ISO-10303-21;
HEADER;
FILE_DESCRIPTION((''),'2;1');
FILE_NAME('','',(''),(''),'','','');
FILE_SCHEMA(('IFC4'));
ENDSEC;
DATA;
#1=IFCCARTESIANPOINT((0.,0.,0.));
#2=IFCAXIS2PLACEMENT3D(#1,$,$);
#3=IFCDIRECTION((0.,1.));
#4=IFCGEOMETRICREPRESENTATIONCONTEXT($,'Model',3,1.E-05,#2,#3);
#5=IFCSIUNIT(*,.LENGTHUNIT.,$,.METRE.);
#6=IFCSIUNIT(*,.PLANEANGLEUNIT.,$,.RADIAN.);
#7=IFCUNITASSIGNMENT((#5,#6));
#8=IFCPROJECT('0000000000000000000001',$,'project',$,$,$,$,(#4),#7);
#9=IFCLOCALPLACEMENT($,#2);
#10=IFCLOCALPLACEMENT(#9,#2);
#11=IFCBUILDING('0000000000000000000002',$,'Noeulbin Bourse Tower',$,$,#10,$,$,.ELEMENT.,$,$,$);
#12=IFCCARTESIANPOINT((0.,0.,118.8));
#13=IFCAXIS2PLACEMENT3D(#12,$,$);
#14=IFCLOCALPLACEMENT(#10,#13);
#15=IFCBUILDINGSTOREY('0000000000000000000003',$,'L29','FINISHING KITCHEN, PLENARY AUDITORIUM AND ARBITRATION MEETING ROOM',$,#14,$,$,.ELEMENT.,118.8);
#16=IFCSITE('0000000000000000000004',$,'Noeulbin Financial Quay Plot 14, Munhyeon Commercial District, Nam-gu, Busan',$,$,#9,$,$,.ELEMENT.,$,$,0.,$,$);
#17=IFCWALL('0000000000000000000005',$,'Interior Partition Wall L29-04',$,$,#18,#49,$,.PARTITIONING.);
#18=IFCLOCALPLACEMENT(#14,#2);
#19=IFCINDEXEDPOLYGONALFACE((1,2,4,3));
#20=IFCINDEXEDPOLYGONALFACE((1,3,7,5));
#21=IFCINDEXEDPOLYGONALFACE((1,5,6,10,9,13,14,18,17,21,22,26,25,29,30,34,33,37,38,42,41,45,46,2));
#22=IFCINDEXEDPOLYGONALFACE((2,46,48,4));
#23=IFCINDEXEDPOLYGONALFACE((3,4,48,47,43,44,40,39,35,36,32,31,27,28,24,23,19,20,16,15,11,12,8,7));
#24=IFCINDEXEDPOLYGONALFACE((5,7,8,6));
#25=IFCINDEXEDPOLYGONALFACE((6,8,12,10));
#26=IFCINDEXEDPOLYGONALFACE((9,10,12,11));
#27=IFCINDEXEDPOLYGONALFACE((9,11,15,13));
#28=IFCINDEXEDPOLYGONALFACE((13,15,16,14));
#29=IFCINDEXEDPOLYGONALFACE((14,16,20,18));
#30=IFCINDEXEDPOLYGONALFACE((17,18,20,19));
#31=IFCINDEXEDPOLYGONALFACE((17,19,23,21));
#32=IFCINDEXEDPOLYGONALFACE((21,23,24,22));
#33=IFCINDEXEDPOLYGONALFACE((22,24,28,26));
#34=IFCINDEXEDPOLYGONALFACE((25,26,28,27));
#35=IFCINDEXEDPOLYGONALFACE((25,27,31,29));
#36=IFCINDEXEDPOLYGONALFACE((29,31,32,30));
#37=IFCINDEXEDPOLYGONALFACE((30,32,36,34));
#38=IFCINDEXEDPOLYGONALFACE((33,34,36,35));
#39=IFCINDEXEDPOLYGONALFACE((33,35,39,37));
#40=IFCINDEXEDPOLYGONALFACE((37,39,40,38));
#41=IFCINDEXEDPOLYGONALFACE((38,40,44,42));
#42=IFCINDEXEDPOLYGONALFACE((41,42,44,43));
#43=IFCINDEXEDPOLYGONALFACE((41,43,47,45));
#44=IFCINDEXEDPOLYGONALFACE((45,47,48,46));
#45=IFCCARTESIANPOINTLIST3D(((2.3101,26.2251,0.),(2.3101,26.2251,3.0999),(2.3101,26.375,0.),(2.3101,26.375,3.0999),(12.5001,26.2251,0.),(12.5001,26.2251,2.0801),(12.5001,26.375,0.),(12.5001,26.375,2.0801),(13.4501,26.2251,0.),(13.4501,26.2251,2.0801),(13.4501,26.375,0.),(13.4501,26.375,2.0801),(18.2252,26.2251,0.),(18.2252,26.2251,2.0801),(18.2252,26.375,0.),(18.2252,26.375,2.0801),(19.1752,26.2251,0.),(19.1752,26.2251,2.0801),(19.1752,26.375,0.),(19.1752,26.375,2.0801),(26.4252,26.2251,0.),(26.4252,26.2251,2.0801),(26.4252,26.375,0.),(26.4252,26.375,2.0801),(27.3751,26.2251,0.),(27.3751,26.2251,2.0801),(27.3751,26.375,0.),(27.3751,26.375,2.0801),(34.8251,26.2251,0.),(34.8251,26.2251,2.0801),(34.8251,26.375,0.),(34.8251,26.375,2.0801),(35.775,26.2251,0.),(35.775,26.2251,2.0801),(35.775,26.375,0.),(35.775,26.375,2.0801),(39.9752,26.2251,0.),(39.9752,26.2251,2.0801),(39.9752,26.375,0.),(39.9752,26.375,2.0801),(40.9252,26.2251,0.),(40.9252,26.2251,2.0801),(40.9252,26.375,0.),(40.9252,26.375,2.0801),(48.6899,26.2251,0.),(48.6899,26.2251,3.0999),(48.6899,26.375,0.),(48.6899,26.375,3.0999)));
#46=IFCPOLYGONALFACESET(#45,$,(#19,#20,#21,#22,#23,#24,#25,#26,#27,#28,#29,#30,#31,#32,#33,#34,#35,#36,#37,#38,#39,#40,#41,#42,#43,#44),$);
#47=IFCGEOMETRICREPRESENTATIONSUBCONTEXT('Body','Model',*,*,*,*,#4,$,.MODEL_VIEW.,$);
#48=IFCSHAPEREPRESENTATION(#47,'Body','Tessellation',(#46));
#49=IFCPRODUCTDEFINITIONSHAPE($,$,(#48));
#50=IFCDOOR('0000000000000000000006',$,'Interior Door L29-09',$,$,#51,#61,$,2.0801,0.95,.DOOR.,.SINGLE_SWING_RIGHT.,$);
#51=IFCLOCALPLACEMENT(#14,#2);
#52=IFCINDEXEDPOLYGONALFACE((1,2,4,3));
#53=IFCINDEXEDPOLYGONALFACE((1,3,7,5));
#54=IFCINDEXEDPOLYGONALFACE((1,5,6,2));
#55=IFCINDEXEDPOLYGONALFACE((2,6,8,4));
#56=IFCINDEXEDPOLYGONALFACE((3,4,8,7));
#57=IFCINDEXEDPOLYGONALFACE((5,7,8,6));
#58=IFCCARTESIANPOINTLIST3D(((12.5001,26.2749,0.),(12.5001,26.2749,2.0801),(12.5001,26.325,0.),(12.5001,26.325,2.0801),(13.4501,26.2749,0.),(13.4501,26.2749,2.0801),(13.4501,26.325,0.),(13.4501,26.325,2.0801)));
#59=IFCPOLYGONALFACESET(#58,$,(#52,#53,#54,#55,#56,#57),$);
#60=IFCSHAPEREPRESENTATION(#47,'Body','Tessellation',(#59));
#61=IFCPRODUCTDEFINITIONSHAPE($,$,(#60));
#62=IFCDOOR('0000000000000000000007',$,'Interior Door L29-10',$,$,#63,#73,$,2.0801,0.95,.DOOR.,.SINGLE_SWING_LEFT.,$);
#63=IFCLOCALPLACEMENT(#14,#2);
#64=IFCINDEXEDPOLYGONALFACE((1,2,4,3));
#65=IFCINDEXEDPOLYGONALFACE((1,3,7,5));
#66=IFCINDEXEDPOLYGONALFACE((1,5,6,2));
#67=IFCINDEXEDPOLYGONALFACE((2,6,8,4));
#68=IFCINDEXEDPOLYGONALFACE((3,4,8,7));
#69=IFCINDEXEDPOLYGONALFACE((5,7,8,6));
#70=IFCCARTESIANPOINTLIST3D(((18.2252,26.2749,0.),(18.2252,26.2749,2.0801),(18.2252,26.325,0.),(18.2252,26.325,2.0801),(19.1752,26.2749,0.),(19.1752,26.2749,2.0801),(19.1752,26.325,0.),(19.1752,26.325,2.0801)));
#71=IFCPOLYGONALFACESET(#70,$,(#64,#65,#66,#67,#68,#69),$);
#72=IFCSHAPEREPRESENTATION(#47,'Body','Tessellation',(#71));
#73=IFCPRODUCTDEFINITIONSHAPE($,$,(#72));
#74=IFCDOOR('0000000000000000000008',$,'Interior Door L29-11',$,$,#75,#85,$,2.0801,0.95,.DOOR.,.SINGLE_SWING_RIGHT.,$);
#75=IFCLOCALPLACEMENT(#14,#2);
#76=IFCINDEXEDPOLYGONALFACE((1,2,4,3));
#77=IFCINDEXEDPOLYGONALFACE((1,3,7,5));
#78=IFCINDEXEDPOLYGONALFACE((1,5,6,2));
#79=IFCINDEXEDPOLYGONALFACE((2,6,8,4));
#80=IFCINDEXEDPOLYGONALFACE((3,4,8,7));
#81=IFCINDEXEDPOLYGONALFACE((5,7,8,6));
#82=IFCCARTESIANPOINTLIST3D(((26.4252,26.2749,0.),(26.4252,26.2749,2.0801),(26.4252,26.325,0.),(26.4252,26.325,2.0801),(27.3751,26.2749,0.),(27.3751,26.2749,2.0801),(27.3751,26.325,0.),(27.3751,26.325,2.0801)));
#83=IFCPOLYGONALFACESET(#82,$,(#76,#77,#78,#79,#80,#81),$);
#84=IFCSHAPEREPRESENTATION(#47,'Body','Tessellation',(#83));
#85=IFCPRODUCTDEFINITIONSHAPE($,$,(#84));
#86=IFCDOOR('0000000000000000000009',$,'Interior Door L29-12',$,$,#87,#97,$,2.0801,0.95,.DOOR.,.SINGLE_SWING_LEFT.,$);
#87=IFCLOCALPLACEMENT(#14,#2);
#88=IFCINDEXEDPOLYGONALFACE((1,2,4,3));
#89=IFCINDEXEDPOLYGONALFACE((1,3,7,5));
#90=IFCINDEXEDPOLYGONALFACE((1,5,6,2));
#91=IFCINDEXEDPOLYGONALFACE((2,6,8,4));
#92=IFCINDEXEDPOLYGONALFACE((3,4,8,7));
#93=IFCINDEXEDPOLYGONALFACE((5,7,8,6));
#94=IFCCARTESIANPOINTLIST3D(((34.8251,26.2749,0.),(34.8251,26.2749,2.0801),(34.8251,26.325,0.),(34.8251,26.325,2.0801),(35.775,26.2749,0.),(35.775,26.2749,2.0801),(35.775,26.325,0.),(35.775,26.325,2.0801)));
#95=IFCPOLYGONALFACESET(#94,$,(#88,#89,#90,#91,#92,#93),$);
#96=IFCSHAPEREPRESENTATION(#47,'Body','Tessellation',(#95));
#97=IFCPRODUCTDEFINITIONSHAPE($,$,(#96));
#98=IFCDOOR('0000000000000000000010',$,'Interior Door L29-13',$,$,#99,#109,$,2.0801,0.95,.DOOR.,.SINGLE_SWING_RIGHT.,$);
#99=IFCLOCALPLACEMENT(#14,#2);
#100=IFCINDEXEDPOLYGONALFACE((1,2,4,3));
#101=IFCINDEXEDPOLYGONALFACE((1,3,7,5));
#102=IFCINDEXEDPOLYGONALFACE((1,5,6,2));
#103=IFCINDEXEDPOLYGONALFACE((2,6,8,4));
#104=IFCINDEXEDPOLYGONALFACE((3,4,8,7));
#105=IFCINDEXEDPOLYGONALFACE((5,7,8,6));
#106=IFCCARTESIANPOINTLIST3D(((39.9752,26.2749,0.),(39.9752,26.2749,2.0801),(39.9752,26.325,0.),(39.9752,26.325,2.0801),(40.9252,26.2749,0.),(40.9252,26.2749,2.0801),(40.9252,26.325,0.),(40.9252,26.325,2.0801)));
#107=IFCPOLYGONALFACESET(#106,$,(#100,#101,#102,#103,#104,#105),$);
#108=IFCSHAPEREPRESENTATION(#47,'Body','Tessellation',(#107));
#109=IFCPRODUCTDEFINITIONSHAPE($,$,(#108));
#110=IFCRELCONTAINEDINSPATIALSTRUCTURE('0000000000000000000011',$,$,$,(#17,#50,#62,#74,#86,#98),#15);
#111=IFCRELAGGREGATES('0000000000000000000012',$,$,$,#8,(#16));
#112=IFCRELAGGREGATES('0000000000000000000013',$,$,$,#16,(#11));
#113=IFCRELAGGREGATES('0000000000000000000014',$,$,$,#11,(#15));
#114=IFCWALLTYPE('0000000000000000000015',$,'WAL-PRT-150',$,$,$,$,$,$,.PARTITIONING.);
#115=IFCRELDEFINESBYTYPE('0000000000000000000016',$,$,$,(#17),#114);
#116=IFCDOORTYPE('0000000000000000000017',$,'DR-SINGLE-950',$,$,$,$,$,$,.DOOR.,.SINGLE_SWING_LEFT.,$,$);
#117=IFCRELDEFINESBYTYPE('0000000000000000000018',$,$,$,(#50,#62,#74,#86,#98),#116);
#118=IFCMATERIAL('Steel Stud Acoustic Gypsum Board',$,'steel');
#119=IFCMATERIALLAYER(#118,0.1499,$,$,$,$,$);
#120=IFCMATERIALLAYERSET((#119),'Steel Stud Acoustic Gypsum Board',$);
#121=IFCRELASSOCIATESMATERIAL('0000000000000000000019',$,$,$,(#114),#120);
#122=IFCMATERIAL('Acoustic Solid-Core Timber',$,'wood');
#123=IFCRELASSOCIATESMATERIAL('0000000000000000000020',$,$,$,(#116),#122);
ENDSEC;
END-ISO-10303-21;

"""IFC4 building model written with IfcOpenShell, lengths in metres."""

from ifc_helpers import new_model, si_unit, direction, frame, frame_2d, origin, place, context, subcontext, project, spatial, rectangle, extrude, material, layer, layer_set, type_object, element, fill, save


model = new_model("IFC4")

# Units and contexts
model_context = context("Model", 3, precision=1e-05, world=origin(), true_north=direction((0.0, 1.0)))
body_context = subcontext(model_context, "Body", "Model", "MODEL_VIEW")
ifc_project = project(units=[si_unit("LENGTHUNIT", "METRE"), si_unit("PLANEANGLEUNIT", "RADIAN")], contexts=[model_context])

# Site, building, storey
site_placement = place(None, origin())
site = spatial("IfcSite", under=ifc_project, at=site_placement, Name="Noeulbin Financial Quay Plot 14, Munhyeon Commercial District, Nam-gu, Busan", CompositionType="ELEMENT", RefElevation=0.0)
building_placement = place(site_placement, origin())
building = spatial("IfcBuilding", under=site, at=building_placement, Name="Noeulbin Bourse Tower", CompositionType="ELEMENT")
storey_placement = place(building_placement, frame((0.0, 0.0, 118.8)))
storey = spatial("IfcBuildingStorey", under=building, at=storey_placement, Name="L29", Description="FINISHING KITCHEN, PLENARY AUDITORIUM AND ARBITRATION MEETING ROOM", CompositionType="ELEMENT", Elevation=118.8)

# Wall, openings, doors
ifc_material_1 = material(Name="Steel Stud Acoustic Gypsum Board", Category="steel")
ifc_layer_1 = layer(ifc_material_1, 0.1499)
ifc_layer_set_1 = layer_set([ifc_layer_1], Name="Steel Stud Acoustic Gypsum Board")
wall_type = type_object("IfcWallType", Name="WAL-PRT-150", PredefinedType="PARTITIONING", material=ifc_layer_set_1)
wall_placement = place(storey_placement, frame((2.3101, 26.3, 0.0), z_axis=(0.0, 0.0, 1.0), x_axis=(1.0, 0.0, 0.0)))
wall = element("IfcWall", 1, at=wall_placement, inside=storey, type_object=wall_type, Name="Interior Partition Wall L29-04", PredefinedType="PARTITIONING", context=body_context, shape_type="SweptSolid", body=[
    extrude(rectangle(XDim=46.3799, YDim=0.1499, at=frame_2d((23.1899, 0.0))), origin(), (0.0, 0.0, 1.0), 3.0999),
])
opening_1_placement = place(wall_placement, frame((10.1899, 0.0, 0.0)))
opening_1 = element("IfcOpeningElement", 2, at=opening_1_placement, cuts=wall, PredefinedType="OPENING", context=body_context, shape_type="SweptSolid", body=[
    extrude(rectangle(XDim=0.95, YDim=2.0801, at=frame_2d((0.4751, 1.04))), frame((0.0, 0.085, 0.0), z_axis=(0.0, -1.0, 0.0), x_axis=(1.0, 0.0, 0.0)), (0.0, 0.0, 1.0), 0.1699),
])
opening_2_placement = place(wall_placement, frame((15.915, 0.0, 0.0)))
opening_2 = element("IfcOpeningElement", 3, at=opening_2_placement, cuts=wall, PredefinedType="OPENING", context=body_context, shape_type="SweptSolid", body=[
    extrude(rectangle(XDim=0.95, YDim=2.0801, at=frame_2d((0.4751, 1.04))), frame((0.0, 0.085, 0.0), z_axis=(0.0, -1.0, 0.0), x_axis=(1.0, 0.0, 0.0)), (0.0, 0.0, 1.0), 0.1699),
])
opening_3_placement = place(wall_placement, frame((24.115, 0.0, 0.0)))
opening_3 = element("IfcOpeningElement", 4, at=opening_3_placement, cuts=wall, PredefinedType="OPENING", context=body_context, shape_type="SweptSolid", body=[
    extrude(rectangle(XDim=0.95, YDim=2.0801, at=frame_2d((0.4751, 1.04))), frame((0.0, 0.085, 0.0), z_axis=(0.0, -1.0, 0.0), x_axis=(1.0, 0.0, 0.0)), (0.0, 0.0, 1.0), 0.1699),
])
opening_4_placement = place(wall_placement, frame((32.5149, 0.0, 0.0)))
opening_4 = element("IfcOpeningElement", 5, at=opening_4_placement, cuts=wall, PredefinedType="OPENING", context=body_context, shape_type="SweptSolid", body=[
    extrude(rectangle(XDim=0.95, YDim=2.0801, at=frame_2d((0.4751, 1.04))), frame((0.0, 0.085, 0.0), z_axis=(0.0, -1.0, 0.0), x_axis=(1.0, 0.0, 0.0)), (0.0, 0.0, 1.0), 0.1699),
])
opening_5_placement = place(wall_placement, frame((37.665, 0.0, 0.0)))
opening_5 = element("IfcOpeningElement", 6, at=opening_5_placement, cuts=wall, PredefinedType="OPENING", context=body_context, shape_type="SweptSolid", body=[
    extrude(rectangle(XDim=0.95, YDim=2.0801, at=frame_2d((0.4751, 1.04))), frame((0.0, 0.085, 0.0), z_axis=(0.0, -1.0, 0.0), x_axis=(1.0, 0.0, 0.0)), (0.0, 0.0, 1.0), 0.1699),
])
ifc_material_2 = material(Name="Acoustic Solid-Core Timber", Category="wood")
door_type = type_object("IfcDoorType", Name="DR-SINGLE-950", OperationType="SINGLE_SWING_LEFT", PredefinedType="DOOR", material=ifc_material_2)
door_1_placement = place(opening_1_placement, origin())
door_1 = element("IfcDoor", 7, at=door_1_placement, inside=storey, type_object=door_type, Name="Interior Door L29-09", OperationType="SINGLE_SWING_RIGHT", OverallHeight=2.0801, OverallWidth=0.95, PredefinedType="DOOR", context=body_context, shape_type="SweptSolid", body=[
    extrude(rectangle(XDim=0.95, YDim=2.0801, at=frame_2d((0.4751, 1.04))), frame((0.0, 0.0249, 0.0), z_axis=(0.0, -1.0, 0.0), x_axis=(1.0, 0.0, 0.0)), (0.0, 0.0, 1.0), 0.05),
])
fill(opening_1, door_1)
door_2_placement = place(opening_2_placement, origin())
door_2 = element("IfcDoor", 8, at=door_2_placement, inside=storey, type_object=door_type, Name="Interior Door L29-10", OperationType="SINGLE_SWING_LEFT", OverallHeight=2.0801, OverallWidth=0.95, PredefinedType="DOOR", context=body_context, shape_type="SweptSolid", body=[
    extrude(rectangle(XDim=0.95, YDim=2.0801, at=frame_2d((0.4751, 1.04))), frame((0.0, 0.0249, 0.0), z_axis=(0.0, -1.0, 0.0), x_axis=(1.0, 0.0, 0.0)), (0.0, 0.0, 1.0), 0.05),
])
fill(opening_2, door_2)
door_3_placement = place(opening_3_placement, origin())
door_3 = element("IfcDoor", 9, at=door_3_placement, inside=storey, type_object=door_type, Name="Interior Door L29-11", OperationType="SINGLE_SWING_RIGHT", OverallHeight=2.0801, OverallWidth=0.95, PredefinedType="DOOR", context=body_context, shape_type="SweptSolid", body=[
    extrude(rectangle(XDim=0.95, YDim=2.0801, at=frame_2d((0.4751, 1.04))), frame((0.0, 0.0249, 0.0), z_axis=(0.0, -1.0, 0.0), x_axis=(1.0, 0.0, 0.0)), (0.0, 0.0, 1.0), 0.05),
])
fill(opening_3, door_3)
door_4_placement = place(opening_4_placement, origin())
door_4 = element("IfcDoor", 10, at=door_4_placement, inside=storey, type_object=door_type, Name="Interior Door L29-12", OperationType="SINGLE_SWING_LEFT", OverallHeight=2.0801, OverallWidth=0.95, PredefinedType="DOOR", context=body_context, shape_type="SweptSolid", body=[
    extrude(rectangle(XDim=0.95, YDim=2.0801, at=frame_2d((0.4751, 1.04))), frame((0.0, 0.0249, 0.0), z_axis=(0.0, -1.0, 0.0), x_axis=(1.0, 0.0, 0.0)), (0.0, 0.0, 1.0), 0.05),
])
fill(opening_4, door_4)
door_5_placement = place(opening_5_placement, origin())
door_5 = element("IfcDoor", 11, at=door_5_placement, inside=storey, type_object=door_type, Name="Interior Door L29-13", OperationType="SINGLE_SWING_RIGHT", OverallHeight=2.0801, OverallWidth=0.95, PredefinedType="DOOR", context=body_context, shape_type="SweptSolid", body=[
    extrude(rectangle(XDim=0.95, YDim=2.0801, at=frame_2d((0.4751, 1.04))), frame((0.0, 0.0249, 0.0), z_axis=(0.0, -1.0, 0.0), x_axis=(1.0, 0.0, 0.0)), (0.0, 0.0, 1.0), 0.05),
])
fill(opening_5, door_5)

save(model, "model.ifc")
